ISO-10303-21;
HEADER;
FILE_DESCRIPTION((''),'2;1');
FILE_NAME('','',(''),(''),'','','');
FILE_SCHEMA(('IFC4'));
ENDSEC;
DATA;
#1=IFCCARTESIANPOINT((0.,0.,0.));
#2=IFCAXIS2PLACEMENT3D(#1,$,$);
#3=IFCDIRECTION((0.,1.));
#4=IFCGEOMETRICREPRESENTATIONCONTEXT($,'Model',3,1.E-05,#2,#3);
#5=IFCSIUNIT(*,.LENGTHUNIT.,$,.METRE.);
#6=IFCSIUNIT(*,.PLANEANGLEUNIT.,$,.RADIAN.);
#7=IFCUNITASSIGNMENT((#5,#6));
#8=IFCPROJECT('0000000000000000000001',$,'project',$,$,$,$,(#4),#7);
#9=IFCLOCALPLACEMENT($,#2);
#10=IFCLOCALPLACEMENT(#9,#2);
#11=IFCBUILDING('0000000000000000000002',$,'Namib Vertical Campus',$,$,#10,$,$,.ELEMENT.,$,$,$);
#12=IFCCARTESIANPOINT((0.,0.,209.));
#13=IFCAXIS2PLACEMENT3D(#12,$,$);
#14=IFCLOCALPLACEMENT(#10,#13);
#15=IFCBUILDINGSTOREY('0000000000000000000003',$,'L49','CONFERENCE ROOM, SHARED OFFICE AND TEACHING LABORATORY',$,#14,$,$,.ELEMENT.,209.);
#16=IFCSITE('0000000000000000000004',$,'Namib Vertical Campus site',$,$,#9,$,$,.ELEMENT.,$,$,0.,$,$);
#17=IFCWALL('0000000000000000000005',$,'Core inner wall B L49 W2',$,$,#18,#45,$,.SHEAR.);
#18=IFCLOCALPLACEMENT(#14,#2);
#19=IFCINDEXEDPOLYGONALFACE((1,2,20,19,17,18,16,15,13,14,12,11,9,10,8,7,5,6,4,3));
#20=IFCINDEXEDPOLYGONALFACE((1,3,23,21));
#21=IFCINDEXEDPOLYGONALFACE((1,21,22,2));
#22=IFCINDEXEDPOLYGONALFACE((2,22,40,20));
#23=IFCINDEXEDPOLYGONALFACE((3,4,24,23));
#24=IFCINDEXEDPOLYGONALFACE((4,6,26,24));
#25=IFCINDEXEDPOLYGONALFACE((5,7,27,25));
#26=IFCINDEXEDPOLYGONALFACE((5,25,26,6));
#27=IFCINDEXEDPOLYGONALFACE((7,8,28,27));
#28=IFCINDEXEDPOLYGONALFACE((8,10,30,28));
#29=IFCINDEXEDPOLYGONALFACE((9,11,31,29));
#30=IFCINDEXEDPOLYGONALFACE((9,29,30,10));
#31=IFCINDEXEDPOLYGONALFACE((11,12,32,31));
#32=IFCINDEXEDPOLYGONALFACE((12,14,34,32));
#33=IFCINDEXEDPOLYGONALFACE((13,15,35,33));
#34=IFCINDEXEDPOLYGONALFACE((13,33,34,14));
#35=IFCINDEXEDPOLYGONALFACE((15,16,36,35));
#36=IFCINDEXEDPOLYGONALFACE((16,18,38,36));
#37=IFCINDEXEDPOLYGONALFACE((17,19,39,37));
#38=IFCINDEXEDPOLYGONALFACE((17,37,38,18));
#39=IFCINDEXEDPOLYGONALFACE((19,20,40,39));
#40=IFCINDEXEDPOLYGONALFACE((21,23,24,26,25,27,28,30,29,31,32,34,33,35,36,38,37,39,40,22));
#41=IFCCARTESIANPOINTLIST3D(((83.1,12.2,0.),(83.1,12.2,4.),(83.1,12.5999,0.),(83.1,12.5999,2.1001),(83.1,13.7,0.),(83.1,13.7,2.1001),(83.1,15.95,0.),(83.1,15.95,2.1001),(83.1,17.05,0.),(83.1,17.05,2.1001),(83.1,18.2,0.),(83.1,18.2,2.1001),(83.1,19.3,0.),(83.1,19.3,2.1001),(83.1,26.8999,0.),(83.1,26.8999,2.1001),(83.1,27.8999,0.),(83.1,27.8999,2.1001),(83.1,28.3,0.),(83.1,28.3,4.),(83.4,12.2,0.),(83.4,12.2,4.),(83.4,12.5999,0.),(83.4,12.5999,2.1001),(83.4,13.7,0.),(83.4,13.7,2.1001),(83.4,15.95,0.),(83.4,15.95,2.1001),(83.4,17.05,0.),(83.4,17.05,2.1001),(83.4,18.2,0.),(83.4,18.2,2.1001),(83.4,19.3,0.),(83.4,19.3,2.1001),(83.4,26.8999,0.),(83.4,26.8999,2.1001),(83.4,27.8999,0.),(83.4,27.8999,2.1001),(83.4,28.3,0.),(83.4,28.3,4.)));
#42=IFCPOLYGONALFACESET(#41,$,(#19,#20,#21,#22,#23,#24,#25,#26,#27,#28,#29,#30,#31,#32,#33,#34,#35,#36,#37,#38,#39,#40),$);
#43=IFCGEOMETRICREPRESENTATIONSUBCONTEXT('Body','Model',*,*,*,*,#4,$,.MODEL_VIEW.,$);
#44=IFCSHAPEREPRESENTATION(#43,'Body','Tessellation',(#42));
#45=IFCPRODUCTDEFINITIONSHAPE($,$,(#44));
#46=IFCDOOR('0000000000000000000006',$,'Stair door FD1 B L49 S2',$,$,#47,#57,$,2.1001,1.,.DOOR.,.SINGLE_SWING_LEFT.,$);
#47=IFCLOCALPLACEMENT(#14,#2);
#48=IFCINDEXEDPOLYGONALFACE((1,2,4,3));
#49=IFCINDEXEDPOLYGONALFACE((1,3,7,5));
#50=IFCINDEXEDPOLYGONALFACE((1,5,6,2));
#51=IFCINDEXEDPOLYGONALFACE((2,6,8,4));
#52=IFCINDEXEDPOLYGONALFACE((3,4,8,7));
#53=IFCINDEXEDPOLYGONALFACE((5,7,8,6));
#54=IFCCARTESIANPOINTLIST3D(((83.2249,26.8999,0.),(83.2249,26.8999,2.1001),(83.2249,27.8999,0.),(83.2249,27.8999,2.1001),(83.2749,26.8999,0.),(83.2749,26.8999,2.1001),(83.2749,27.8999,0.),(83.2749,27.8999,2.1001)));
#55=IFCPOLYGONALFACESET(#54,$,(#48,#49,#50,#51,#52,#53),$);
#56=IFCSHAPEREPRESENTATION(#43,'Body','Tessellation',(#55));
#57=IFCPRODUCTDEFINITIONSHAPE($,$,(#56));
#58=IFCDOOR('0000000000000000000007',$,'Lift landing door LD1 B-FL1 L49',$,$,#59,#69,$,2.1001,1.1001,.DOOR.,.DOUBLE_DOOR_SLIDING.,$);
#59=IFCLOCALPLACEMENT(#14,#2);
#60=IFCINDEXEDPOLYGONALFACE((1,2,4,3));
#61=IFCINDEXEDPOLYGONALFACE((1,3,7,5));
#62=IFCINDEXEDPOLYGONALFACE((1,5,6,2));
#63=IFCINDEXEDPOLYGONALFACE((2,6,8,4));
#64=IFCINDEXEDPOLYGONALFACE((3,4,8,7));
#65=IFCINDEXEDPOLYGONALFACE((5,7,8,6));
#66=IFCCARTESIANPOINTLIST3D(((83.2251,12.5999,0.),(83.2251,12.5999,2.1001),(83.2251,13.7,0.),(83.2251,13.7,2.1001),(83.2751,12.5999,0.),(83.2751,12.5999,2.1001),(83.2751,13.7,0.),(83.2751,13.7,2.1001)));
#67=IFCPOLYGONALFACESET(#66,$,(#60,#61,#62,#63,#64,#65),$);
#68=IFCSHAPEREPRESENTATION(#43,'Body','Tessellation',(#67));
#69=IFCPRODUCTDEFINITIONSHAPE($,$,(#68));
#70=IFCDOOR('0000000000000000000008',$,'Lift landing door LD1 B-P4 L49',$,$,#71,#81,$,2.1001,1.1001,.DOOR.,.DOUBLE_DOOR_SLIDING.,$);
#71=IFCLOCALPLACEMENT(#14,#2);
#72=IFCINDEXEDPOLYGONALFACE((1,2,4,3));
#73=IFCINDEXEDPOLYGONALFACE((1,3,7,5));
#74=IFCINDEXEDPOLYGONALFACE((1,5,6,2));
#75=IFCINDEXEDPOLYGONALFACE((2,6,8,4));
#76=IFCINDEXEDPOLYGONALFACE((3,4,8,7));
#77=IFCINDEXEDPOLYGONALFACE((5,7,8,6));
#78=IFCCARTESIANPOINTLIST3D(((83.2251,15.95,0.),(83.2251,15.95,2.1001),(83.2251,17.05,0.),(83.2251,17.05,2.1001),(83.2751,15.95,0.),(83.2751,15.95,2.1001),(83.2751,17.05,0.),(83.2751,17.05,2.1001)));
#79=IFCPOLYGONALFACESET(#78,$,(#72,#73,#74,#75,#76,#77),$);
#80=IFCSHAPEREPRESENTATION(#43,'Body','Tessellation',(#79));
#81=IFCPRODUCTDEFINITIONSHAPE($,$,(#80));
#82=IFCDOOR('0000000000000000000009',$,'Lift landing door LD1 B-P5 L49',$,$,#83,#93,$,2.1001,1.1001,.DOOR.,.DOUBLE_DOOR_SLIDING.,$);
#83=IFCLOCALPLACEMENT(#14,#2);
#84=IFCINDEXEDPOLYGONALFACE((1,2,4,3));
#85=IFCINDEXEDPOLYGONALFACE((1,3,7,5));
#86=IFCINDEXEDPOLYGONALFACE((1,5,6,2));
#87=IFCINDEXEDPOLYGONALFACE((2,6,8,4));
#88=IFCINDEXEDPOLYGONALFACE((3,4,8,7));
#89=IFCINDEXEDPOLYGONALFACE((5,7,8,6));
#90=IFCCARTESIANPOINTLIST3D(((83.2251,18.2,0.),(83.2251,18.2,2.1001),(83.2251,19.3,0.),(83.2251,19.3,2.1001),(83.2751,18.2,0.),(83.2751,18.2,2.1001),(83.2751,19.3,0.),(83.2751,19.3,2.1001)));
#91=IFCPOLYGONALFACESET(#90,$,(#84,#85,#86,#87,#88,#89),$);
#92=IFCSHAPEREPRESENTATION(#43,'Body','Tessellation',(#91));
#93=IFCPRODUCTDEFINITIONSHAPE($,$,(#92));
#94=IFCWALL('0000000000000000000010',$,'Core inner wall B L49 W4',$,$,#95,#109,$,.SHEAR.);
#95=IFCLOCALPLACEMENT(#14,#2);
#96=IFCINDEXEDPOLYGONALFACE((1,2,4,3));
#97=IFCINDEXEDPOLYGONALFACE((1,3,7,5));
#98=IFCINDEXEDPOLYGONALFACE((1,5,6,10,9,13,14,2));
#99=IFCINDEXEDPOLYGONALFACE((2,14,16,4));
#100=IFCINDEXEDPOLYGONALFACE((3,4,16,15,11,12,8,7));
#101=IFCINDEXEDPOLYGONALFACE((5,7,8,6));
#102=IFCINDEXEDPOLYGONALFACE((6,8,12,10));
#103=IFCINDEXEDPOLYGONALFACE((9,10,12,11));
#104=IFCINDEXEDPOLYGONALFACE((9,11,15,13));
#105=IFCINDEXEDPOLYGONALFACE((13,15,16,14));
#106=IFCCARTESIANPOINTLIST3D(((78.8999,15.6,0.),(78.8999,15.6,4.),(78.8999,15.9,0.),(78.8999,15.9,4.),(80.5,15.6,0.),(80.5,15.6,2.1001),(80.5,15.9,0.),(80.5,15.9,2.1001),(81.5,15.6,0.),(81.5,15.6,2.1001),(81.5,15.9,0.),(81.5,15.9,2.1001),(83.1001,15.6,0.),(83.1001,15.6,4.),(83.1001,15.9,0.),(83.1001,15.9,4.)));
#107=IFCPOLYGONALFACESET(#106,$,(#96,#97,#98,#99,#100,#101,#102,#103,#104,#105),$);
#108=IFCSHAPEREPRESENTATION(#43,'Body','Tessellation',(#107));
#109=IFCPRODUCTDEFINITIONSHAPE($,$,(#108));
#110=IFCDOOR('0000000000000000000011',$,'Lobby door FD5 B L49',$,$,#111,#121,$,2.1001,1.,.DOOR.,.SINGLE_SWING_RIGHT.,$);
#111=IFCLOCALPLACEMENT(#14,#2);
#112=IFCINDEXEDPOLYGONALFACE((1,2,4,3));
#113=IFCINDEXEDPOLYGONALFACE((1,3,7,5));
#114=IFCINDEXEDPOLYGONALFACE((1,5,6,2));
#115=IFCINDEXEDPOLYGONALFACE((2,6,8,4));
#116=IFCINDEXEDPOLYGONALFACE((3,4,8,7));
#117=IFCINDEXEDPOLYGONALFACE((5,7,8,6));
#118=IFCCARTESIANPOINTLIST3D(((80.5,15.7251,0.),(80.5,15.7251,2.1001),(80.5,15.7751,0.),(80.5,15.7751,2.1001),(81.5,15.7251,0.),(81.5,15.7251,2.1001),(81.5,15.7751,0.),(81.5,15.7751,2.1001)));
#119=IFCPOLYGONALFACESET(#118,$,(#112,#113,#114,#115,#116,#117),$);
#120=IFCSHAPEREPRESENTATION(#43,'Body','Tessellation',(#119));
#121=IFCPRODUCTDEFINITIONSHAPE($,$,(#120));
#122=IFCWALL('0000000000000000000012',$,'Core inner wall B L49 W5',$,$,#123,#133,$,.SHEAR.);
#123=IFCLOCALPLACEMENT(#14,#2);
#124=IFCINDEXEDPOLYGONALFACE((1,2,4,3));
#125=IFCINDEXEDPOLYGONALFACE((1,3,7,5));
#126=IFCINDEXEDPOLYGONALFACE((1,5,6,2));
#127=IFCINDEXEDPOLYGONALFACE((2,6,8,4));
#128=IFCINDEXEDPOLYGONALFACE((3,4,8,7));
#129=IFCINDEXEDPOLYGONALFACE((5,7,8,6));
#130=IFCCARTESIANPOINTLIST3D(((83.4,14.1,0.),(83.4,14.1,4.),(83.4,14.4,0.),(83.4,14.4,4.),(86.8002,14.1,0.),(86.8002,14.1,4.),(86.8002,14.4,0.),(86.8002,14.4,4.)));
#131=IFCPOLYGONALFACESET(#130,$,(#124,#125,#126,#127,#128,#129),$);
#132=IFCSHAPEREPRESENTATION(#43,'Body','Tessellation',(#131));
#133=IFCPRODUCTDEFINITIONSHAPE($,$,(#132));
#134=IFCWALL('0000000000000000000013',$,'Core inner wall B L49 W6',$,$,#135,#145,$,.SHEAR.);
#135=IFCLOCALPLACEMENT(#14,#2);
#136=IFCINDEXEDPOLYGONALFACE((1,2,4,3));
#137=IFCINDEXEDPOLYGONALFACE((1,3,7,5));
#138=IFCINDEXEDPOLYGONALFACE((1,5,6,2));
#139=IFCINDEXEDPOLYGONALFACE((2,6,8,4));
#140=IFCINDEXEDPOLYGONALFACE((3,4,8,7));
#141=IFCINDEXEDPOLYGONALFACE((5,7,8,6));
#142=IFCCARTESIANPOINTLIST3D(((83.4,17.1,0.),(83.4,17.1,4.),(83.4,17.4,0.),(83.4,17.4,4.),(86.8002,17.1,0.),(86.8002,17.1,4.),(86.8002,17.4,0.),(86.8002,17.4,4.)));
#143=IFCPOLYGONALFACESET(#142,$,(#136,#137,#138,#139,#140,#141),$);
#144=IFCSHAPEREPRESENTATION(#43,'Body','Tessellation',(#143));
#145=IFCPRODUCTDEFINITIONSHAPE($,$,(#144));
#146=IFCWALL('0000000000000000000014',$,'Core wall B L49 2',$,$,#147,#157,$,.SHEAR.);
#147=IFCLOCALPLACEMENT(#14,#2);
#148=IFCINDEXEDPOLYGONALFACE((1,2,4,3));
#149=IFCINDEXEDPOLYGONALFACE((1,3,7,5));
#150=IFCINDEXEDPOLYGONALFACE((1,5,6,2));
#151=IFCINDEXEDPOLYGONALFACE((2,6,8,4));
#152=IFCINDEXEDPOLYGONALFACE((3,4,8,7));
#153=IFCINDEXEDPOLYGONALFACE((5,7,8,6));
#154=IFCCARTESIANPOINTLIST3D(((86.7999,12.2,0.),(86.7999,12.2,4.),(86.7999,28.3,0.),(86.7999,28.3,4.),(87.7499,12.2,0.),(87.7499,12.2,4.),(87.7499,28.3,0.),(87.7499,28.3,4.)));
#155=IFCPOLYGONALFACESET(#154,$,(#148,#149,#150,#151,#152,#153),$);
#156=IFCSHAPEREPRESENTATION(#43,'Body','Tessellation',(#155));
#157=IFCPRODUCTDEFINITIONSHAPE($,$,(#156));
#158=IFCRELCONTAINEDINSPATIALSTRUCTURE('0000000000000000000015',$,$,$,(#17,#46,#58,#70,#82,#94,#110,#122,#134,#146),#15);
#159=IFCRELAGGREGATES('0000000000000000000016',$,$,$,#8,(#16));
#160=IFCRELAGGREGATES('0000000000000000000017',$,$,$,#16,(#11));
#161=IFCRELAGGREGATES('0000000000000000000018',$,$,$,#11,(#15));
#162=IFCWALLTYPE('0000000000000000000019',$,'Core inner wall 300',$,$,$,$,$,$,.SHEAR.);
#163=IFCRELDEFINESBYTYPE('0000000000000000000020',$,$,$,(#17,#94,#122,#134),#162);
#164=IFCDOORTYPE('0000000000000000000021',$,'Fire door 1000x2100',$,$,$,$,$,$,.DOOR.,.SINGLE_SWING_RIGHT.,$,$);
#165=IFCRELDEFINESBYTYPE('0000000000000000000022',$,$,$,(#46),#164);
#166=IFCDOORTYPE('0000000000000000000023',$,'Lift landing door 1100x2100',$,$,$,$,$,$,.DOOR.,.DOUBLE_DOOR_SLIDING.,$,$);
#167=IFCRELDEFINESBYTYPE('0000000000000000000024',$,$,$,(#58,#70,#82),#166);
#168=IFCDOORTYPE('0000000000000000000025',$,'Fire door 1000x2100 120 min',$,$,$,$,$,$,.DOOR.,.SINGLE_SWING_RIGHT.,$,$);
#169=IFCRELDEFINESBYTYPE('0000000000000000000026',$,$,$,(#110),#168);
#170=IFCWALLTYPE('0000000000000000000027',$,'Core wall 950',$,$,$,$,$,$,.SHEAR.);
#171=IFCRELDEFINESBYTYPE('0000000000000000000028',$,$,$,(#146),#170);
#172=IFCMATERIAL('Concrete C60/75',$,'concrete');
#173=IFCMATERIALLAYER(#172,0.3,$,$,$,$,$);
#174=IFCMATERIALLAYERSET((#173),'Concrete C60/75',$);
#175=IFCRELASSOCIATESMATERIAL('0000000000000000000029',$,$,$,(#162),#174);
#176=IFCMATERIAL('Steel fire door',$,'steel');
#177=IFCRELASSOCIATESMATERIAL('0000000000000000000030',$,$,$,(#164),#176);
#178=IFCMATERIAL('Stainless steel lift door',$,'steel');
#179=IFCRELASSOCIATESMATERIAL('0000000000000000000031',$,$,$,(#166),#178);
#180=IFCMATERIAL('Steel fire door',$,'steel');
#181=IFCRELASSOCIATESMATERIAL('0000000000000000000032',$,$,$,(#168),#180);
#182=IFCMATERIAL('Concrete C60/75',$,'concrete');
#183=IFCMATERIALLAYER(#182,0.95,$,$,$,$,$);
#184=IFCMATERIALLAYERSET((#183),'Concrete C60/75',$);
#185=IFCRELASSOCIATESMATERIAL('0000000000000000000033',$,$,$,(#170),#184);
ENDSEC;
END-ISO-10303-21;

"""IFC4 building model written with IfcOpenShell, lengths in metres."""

from ifc_helpers import new_model, si_unit, direction, frame, frame_2d, origin, place, context, subcontext, project, spatial, rectangle, extrude, material, layer, layer_set, type_object, element, fill, save


model = new_model("IFC4")

# Units and contexts
model_context = context("Model", 3, precision=1e-05, world=origin(), true_north=direction((0.0, 1.0)))
body_context = subcontext(model_context, "Body", "Model", "MODEL_VIEW")
ifc_project = project(units=[si_unit("LENGTHUNIT", "METRE"), si_unit("PLANEANGLEUNIT", "RADIAN")], contexts=[model_context])

# Site, building, storey
site_placement = place(None, origin())
site = spatial("IfcSite", under=ifc_project, at=site_placement, Name="Namib Vertical Campus site", CompositionType="ELEMENT", RefElevation=0.0)
building_placement = place(site_placement, origin())
building = spatial("IfcBuilding", under=site, at=building_placement, Name="Namib Vertical Campus", CompositionType="ELEMENT")
storey_placement = place(building_placement, frame((0.0, 0.0, 209.0)))
storey = spatial("IfcBuildingStorey", under=building, at=storey_placement, Name="L49", Description="CONFERENCE ROOM, SHARED OFFICE AND TEACHING LABORATORY", CompositionType="ELEMENT", Elevation=209.0)

# Wall, openings, doors
ifc_material_1 = material(Name="Concrete C60/75", Category="concrete")
ifc_layer_1 = layer(ifc_material_1, 0.3)
ifc_layer_set_1 = layer_set([ifc_layer_1], Name="Concrete C60/75")
wall_type_1 = type_object("IfcWallType", Name="Core inner wall 300", PredefinedType="SHEAR", material=ifc_layer_set_1)
ifc_material_2 = material(Name="Steel fire door", Category="steel")
door_type_1 = type_object("IfcDoorType", Name="Fire door 1000x2100", OperationType="SINGLE_SWING_RIGHT", PredefinedType="DOOR", material=ifc_material_2)
ifc_material_3 = material(Name="Stainless steel lift door", Category="steel")
door_type_2 = type_object("IfcDoorType", Name="Lift landing door 1100x2100", OperationType="DOUBLE_DOOR_SLIDING", PredefinedType="DOOR", material=ifc_material_3)
wall_1_placement = place(storey_placement, frame((83.25, 12.2, 0.0), z_axis=(0.0, 0.0, 1.0), x_axis=(0.0, 1.0, 0.0)))
wall_1 = element("IfcWall", 1, at=wall_1_placement, inside=storey, type_object=wall_type_1, Name="Core inner wall B L49 W2", PredefinedType="SHEAR", context=body_context, shape_type="SweptSolid", body=[
    extrude(rectangle(XDim=16.1001, YDim=0.3, at=frame_2d((8.05, 0.0))), origin(), (0.0, 0.0, 1.0), 4.0),
])
opening_1_placement = place(wall_1_placement, frame((14.7, 0.0, 0.0)))
opening_1 = element("IfcOpeningElement", 2, at=opening_1_placement, cuts=wall_1, PredefinedType="OPENING", context=body_context, shape_type="SweptSolid", body=[
    extrude(rectangle(XDim=1.0, YDim=2.1001, at=frame_2d((0.5, 1.05))), frame((0.0, 0.1599, 0.0), z_axis=(0.0, -1.0, 0.0), x_axis=(1.0, 0.0, 0.0)), (0.0, 0.0, 1.0), 0.3201),
])
opening_2_placement = place(wall_1_placement, frame((0.3999, 0.0, 0.0)))
opening_2 = element("IfcOpeningElement", 3, at=opening_2_placement, cuts=wall_1, PredefinedType="OPENING", context=body_context, shape_type="SweptSolid", body=[
    extrude(rectangle(XDim=1.1001, YDim=2.1001, at=frame_2d((0.55, 1.05))), frame((0.0, 0.1599, 0.0), z_axis=(0.0, -1.0, 0.0), x_axis=(1.0, 0.0, 0.0)), (0.0, 0.0, 1.0), 0.3201),
])
opening_3_placement = place(wall_1_placement, frame((3.75, 0.0, 0.0)))
opening_3 = element("IfcOpeningElement", 4, at=opening_3_placement, cuts=wall_1, PredefinedType="OPENING", context=body_context, shape_type="SweptSolid", body=[
    extrude(rectangle(XDim=1.1001, YDim=2.1001, at=frame_2d((0.55, 1.05))), frame((0.0, 0.1599, 0.0), z_axis=(0.0, -1.0, 0.0), x_axis=(1.0, 0.0, 0.0)), (0.0, 0.0, 1.0), 0.3201),
])
opening_4_placement = place(wall_1_placement, frame((6.0, 0.0, 0.0)))
opening_4 = element("IfcOpeningElement", 5, at=opening_4_placement, cuts=wall_1, PredefinedType="OPENING", context=body_context, shape_type="SweptSolid", body=[
    extrude(rectangle(XDim=1.1001, YDim=2.1001, at=frame_2d((0.55, 1.05))), frame((0.0, 0.1599, 0.0), z_axis=(0.0, -1.0, 0.0), x_axis=(1.0, 0.0, 0.0)), (0.0, 0.0, 1.0), 0.3201),
])
door_1_placement = place(opening_1_placement, frame((1.0, 0.0, 0.0), z_axis=(0.0, 0.0, 1.0), x_axis=(-1.0, 0.0, 0.0)))
door_1 = element("IfcDoor", 6, at=door_1_placement, inside=storey, type_object=door_type_1, Name="Stair door FD1 B L49 S2", OperationType="SINGLE_SWING_LEFT", OverallHeight=2.1001, OverallWidth=1.0, PredefinedType="DOOR", context=body_context, shape_type="SweptSolid", body=[
    extrude(rectangle(XDim=1.0, YDim=2.1001, at=frame_2d((0.5, 1.05))), frame((0.0, 0.0249, 0.0), z_axis=(0.0, -1.0, 0.0), x_axis=(1.0, 0.0, 0.0)), (0.0, 0.0, 1.0), 0.05),
])
fill(opening_1, door_1)
door_2_placement = place(opening_2_placement, origin())
door_2 = element("IfcDoor", 7, at=door_2_placement, inside=storey, type_object=door_type_2, Name="Lift landing door LD1 B-FL1 L49", OperationType="DOUBLE_DOOR_SLIDING", OverallHeight=2.1001, OverallWidth=1.1001, PredefinedType="DOOR", context=body_context, shape_type="SweptSolid", body=[
    extrude(rectangle(XDim=1.1001, YDim=2.1001, at=frame_2d((0.55, 1.05))), frame((0.0, 0.0249, 0.0), z_axis=(0.0, -1.0, 0.0), x_axis=(1.0, 0.0, 0.0)), (0.0, 0.0, 1.0), 0.05),
])
fill(opening_2, door_2)
door_3_placement = place(opening_3_placement, origin())
door_3 = element("IfcDoor", 8, at=door_3_placement, inside=storey, type_object=door_type_2, Name="Lift landing door LD1 B-P4 L49", OperationType="DOUBLE_DOOR_SLIDING", OverallHeight=2.1001, OverallWidth=1.1001, PredefinedType="DOOR", context=body_context, shape_type="SweptSolid", body=[
    extrude(rectangle(XDim=1.1001, YDim=2.1001, at=frame_2d((0.55, 1.05))), frame((0.0, 0.0249, 0.0), z_axis=(0.0, -1.0, 0.0), x_axis=(1.0, 0.0, 0.0)), (0.0, 0.0, 1.0), 0.05),
])
fill(opening_3, door_3)
door_4_placement = place(opening_4_placement, origin())
door_4 = element("IfcDoor", 9, at=door_4_placement, inside=storey, type_object=door_type_2, Name="Lift landing door LD1 B-P5 L49", OperationType="DOUBLE_DOOR_SLIDING", OverallHeight=2.1001, OverallWidth=1.1001, PredefinedType="DOOR", context=body_context, shape_type="SweptSolid", body=[
    extrude(rectangle(XDim=1.1001, YDim=2.1001, at=frame_2d((0.55, 1.05))), frame((0.0, 0.0249, 0.0), z_axis=(0.0, -1.0, 0.0), x_axis=(1.0, 0.0, 0.0)), (0.0, 0.0, 1.0), 0.05),
])
fill(opening_4, door_4)

# Wall, opening, door
wall_2_placement = place(storey_placement, frame((78.8999, 15.75, 0.0), z_axis=(0.0, 0.0, 1.0), x_axis=(1.0, 0.0, 0.0)))
wall_2 = element("IfcWall", 10, at=wall_2_placement, inside=storey, type_object=wall_type_1, Name="Core inner wall B L49 W4", PredefinedType="SHEAR", context=body_context, shape_type="SweptSolid", body=[
    extrude(rectangle(XDim=4.2002, YDim=0.3, at=frame_2d((2.1001, 0.0))), origin(), (0.0, 0.0, 1.0), 4.0),
])
opening_5_placement = place(wall_2_placement, frame((1.6001, 0.0, 0.0)))
opening_5 = element("IfcOpeningElement", 11, at=opening_5_placement, cuts=wall_2, PredefinedType="OPENING", context=body_context, shape_type="SweptSolid", body=[
    extrude(rectangle(XDim=1.0, YDim=2.1001, at=frame_2d((0.5, 1.05))), frame((0.0, 0.1599, 0.0), z_axis=(0.0, -1.0, 0.0), x_axis=(1.0, 0.0, 0.0)), (0.0, 0.0, 1.0), 0.3201),
])
ifc_material_4 = material(Name="Steel fire door", Category="steel")
door_type_3 = type_object("IfcDoorType", Name="Fire door 1000x2100 120 min", OperationType="SINGLE_SWING_RIGHT", PredefinedType="DOOR", material=ifc_material_4)
door_5_placement = place(opening_5_placement, frame((1.0, 0.0, 0.0), z_axis=(0.0, 0.0, 1.0), x_axis=(-1.0, 0.0, 0.0)))
door_5 = element("IfcDoor", 12, at=door_5_placement, inside=storey, type_object=door_type_3, Name="Lobby door FD5 B L49", OperationType="SINGLE_SWING_RIGHT", OverallHeight=2.1001, OverallWidth=1.0, PredefinedType="DOOR", context=body_context, shape_type="SweptSolid", body=[
    extrude(rectangle(XDim=1.0, YDim=2.1001, at=frame_2d((0.5, 1.05))), frame((0.0, 0.0249, 0.0), z_axis=(0.0, -1.0, 0.0), x_axis=(1.0, 0.0, 0.0)), (0.0, 0.0, 1.0), 0.05),
])
fill(opening_5, door_5)

# Walls
for number, where, z_axis, x_axis, name in (
    (13, (83.3999, 14.25, 0.0), (0.0, 0.0, 1.0), (1.0, 0.0, 0.0), "Core inner wall B L49 W5"),
    (14, (83.3999, 17.25, 0.0), (0.0, 0.0, 1.0), (1.0, 0.0, 0.0), "Core inner wall B L49 W6"),
):
    element("IfcWall", number, at=place(storey_placement, frame(where, z_axis=z_axis, x_axis=x_axis)), inside=storey, type_object=wall_type_1, Name=name, PredefinedType="SHEAR", context=body_context, shape_type="SweptSolid", body=[
        extrude(rectangle(XDim=3.4001, YDim=0.3, at=frame_2d((1.7002, 0.0))), origin(), (0.0, 0.0, 1.0), 4.0),
    ])
ifc_material_5 = material(Name="Concrete C60/75", Category="concrete")
ifc_layer_2 = layer(ifc_material_5, 0.95)
ifc_layer_set_2 = layer_set([ifc_layer_2], Name="Concrete C60/75")
wall_type_2 = type_object("IfcWallType", Name="Core wall 950", PredefinedType="SHEAR", material=ifc_layer_set_2)
wall_3_placement = place(storey_placement, frame((87.2749, 12.2, 0.0), z_axis=(0.0, 0.0, 1.0), x_axis=(0.0, 1.0, 0.0)))
element("IfcWall", 15, at=wall_3_placement, inside=storey, type_object=wall_type_2, Name="Core wall B L49 2", PredefinedType="SHEAR", context=body_context, shape_type="SweptSolid", body=[
    extrude(rectangle(XDim=16.1001, YDim=0.95, at=frame_2d((8.05, 0.0))), origin(), (0.0, 0.0, 1.0), 4.0),
])

save(model, "model.ifc")
